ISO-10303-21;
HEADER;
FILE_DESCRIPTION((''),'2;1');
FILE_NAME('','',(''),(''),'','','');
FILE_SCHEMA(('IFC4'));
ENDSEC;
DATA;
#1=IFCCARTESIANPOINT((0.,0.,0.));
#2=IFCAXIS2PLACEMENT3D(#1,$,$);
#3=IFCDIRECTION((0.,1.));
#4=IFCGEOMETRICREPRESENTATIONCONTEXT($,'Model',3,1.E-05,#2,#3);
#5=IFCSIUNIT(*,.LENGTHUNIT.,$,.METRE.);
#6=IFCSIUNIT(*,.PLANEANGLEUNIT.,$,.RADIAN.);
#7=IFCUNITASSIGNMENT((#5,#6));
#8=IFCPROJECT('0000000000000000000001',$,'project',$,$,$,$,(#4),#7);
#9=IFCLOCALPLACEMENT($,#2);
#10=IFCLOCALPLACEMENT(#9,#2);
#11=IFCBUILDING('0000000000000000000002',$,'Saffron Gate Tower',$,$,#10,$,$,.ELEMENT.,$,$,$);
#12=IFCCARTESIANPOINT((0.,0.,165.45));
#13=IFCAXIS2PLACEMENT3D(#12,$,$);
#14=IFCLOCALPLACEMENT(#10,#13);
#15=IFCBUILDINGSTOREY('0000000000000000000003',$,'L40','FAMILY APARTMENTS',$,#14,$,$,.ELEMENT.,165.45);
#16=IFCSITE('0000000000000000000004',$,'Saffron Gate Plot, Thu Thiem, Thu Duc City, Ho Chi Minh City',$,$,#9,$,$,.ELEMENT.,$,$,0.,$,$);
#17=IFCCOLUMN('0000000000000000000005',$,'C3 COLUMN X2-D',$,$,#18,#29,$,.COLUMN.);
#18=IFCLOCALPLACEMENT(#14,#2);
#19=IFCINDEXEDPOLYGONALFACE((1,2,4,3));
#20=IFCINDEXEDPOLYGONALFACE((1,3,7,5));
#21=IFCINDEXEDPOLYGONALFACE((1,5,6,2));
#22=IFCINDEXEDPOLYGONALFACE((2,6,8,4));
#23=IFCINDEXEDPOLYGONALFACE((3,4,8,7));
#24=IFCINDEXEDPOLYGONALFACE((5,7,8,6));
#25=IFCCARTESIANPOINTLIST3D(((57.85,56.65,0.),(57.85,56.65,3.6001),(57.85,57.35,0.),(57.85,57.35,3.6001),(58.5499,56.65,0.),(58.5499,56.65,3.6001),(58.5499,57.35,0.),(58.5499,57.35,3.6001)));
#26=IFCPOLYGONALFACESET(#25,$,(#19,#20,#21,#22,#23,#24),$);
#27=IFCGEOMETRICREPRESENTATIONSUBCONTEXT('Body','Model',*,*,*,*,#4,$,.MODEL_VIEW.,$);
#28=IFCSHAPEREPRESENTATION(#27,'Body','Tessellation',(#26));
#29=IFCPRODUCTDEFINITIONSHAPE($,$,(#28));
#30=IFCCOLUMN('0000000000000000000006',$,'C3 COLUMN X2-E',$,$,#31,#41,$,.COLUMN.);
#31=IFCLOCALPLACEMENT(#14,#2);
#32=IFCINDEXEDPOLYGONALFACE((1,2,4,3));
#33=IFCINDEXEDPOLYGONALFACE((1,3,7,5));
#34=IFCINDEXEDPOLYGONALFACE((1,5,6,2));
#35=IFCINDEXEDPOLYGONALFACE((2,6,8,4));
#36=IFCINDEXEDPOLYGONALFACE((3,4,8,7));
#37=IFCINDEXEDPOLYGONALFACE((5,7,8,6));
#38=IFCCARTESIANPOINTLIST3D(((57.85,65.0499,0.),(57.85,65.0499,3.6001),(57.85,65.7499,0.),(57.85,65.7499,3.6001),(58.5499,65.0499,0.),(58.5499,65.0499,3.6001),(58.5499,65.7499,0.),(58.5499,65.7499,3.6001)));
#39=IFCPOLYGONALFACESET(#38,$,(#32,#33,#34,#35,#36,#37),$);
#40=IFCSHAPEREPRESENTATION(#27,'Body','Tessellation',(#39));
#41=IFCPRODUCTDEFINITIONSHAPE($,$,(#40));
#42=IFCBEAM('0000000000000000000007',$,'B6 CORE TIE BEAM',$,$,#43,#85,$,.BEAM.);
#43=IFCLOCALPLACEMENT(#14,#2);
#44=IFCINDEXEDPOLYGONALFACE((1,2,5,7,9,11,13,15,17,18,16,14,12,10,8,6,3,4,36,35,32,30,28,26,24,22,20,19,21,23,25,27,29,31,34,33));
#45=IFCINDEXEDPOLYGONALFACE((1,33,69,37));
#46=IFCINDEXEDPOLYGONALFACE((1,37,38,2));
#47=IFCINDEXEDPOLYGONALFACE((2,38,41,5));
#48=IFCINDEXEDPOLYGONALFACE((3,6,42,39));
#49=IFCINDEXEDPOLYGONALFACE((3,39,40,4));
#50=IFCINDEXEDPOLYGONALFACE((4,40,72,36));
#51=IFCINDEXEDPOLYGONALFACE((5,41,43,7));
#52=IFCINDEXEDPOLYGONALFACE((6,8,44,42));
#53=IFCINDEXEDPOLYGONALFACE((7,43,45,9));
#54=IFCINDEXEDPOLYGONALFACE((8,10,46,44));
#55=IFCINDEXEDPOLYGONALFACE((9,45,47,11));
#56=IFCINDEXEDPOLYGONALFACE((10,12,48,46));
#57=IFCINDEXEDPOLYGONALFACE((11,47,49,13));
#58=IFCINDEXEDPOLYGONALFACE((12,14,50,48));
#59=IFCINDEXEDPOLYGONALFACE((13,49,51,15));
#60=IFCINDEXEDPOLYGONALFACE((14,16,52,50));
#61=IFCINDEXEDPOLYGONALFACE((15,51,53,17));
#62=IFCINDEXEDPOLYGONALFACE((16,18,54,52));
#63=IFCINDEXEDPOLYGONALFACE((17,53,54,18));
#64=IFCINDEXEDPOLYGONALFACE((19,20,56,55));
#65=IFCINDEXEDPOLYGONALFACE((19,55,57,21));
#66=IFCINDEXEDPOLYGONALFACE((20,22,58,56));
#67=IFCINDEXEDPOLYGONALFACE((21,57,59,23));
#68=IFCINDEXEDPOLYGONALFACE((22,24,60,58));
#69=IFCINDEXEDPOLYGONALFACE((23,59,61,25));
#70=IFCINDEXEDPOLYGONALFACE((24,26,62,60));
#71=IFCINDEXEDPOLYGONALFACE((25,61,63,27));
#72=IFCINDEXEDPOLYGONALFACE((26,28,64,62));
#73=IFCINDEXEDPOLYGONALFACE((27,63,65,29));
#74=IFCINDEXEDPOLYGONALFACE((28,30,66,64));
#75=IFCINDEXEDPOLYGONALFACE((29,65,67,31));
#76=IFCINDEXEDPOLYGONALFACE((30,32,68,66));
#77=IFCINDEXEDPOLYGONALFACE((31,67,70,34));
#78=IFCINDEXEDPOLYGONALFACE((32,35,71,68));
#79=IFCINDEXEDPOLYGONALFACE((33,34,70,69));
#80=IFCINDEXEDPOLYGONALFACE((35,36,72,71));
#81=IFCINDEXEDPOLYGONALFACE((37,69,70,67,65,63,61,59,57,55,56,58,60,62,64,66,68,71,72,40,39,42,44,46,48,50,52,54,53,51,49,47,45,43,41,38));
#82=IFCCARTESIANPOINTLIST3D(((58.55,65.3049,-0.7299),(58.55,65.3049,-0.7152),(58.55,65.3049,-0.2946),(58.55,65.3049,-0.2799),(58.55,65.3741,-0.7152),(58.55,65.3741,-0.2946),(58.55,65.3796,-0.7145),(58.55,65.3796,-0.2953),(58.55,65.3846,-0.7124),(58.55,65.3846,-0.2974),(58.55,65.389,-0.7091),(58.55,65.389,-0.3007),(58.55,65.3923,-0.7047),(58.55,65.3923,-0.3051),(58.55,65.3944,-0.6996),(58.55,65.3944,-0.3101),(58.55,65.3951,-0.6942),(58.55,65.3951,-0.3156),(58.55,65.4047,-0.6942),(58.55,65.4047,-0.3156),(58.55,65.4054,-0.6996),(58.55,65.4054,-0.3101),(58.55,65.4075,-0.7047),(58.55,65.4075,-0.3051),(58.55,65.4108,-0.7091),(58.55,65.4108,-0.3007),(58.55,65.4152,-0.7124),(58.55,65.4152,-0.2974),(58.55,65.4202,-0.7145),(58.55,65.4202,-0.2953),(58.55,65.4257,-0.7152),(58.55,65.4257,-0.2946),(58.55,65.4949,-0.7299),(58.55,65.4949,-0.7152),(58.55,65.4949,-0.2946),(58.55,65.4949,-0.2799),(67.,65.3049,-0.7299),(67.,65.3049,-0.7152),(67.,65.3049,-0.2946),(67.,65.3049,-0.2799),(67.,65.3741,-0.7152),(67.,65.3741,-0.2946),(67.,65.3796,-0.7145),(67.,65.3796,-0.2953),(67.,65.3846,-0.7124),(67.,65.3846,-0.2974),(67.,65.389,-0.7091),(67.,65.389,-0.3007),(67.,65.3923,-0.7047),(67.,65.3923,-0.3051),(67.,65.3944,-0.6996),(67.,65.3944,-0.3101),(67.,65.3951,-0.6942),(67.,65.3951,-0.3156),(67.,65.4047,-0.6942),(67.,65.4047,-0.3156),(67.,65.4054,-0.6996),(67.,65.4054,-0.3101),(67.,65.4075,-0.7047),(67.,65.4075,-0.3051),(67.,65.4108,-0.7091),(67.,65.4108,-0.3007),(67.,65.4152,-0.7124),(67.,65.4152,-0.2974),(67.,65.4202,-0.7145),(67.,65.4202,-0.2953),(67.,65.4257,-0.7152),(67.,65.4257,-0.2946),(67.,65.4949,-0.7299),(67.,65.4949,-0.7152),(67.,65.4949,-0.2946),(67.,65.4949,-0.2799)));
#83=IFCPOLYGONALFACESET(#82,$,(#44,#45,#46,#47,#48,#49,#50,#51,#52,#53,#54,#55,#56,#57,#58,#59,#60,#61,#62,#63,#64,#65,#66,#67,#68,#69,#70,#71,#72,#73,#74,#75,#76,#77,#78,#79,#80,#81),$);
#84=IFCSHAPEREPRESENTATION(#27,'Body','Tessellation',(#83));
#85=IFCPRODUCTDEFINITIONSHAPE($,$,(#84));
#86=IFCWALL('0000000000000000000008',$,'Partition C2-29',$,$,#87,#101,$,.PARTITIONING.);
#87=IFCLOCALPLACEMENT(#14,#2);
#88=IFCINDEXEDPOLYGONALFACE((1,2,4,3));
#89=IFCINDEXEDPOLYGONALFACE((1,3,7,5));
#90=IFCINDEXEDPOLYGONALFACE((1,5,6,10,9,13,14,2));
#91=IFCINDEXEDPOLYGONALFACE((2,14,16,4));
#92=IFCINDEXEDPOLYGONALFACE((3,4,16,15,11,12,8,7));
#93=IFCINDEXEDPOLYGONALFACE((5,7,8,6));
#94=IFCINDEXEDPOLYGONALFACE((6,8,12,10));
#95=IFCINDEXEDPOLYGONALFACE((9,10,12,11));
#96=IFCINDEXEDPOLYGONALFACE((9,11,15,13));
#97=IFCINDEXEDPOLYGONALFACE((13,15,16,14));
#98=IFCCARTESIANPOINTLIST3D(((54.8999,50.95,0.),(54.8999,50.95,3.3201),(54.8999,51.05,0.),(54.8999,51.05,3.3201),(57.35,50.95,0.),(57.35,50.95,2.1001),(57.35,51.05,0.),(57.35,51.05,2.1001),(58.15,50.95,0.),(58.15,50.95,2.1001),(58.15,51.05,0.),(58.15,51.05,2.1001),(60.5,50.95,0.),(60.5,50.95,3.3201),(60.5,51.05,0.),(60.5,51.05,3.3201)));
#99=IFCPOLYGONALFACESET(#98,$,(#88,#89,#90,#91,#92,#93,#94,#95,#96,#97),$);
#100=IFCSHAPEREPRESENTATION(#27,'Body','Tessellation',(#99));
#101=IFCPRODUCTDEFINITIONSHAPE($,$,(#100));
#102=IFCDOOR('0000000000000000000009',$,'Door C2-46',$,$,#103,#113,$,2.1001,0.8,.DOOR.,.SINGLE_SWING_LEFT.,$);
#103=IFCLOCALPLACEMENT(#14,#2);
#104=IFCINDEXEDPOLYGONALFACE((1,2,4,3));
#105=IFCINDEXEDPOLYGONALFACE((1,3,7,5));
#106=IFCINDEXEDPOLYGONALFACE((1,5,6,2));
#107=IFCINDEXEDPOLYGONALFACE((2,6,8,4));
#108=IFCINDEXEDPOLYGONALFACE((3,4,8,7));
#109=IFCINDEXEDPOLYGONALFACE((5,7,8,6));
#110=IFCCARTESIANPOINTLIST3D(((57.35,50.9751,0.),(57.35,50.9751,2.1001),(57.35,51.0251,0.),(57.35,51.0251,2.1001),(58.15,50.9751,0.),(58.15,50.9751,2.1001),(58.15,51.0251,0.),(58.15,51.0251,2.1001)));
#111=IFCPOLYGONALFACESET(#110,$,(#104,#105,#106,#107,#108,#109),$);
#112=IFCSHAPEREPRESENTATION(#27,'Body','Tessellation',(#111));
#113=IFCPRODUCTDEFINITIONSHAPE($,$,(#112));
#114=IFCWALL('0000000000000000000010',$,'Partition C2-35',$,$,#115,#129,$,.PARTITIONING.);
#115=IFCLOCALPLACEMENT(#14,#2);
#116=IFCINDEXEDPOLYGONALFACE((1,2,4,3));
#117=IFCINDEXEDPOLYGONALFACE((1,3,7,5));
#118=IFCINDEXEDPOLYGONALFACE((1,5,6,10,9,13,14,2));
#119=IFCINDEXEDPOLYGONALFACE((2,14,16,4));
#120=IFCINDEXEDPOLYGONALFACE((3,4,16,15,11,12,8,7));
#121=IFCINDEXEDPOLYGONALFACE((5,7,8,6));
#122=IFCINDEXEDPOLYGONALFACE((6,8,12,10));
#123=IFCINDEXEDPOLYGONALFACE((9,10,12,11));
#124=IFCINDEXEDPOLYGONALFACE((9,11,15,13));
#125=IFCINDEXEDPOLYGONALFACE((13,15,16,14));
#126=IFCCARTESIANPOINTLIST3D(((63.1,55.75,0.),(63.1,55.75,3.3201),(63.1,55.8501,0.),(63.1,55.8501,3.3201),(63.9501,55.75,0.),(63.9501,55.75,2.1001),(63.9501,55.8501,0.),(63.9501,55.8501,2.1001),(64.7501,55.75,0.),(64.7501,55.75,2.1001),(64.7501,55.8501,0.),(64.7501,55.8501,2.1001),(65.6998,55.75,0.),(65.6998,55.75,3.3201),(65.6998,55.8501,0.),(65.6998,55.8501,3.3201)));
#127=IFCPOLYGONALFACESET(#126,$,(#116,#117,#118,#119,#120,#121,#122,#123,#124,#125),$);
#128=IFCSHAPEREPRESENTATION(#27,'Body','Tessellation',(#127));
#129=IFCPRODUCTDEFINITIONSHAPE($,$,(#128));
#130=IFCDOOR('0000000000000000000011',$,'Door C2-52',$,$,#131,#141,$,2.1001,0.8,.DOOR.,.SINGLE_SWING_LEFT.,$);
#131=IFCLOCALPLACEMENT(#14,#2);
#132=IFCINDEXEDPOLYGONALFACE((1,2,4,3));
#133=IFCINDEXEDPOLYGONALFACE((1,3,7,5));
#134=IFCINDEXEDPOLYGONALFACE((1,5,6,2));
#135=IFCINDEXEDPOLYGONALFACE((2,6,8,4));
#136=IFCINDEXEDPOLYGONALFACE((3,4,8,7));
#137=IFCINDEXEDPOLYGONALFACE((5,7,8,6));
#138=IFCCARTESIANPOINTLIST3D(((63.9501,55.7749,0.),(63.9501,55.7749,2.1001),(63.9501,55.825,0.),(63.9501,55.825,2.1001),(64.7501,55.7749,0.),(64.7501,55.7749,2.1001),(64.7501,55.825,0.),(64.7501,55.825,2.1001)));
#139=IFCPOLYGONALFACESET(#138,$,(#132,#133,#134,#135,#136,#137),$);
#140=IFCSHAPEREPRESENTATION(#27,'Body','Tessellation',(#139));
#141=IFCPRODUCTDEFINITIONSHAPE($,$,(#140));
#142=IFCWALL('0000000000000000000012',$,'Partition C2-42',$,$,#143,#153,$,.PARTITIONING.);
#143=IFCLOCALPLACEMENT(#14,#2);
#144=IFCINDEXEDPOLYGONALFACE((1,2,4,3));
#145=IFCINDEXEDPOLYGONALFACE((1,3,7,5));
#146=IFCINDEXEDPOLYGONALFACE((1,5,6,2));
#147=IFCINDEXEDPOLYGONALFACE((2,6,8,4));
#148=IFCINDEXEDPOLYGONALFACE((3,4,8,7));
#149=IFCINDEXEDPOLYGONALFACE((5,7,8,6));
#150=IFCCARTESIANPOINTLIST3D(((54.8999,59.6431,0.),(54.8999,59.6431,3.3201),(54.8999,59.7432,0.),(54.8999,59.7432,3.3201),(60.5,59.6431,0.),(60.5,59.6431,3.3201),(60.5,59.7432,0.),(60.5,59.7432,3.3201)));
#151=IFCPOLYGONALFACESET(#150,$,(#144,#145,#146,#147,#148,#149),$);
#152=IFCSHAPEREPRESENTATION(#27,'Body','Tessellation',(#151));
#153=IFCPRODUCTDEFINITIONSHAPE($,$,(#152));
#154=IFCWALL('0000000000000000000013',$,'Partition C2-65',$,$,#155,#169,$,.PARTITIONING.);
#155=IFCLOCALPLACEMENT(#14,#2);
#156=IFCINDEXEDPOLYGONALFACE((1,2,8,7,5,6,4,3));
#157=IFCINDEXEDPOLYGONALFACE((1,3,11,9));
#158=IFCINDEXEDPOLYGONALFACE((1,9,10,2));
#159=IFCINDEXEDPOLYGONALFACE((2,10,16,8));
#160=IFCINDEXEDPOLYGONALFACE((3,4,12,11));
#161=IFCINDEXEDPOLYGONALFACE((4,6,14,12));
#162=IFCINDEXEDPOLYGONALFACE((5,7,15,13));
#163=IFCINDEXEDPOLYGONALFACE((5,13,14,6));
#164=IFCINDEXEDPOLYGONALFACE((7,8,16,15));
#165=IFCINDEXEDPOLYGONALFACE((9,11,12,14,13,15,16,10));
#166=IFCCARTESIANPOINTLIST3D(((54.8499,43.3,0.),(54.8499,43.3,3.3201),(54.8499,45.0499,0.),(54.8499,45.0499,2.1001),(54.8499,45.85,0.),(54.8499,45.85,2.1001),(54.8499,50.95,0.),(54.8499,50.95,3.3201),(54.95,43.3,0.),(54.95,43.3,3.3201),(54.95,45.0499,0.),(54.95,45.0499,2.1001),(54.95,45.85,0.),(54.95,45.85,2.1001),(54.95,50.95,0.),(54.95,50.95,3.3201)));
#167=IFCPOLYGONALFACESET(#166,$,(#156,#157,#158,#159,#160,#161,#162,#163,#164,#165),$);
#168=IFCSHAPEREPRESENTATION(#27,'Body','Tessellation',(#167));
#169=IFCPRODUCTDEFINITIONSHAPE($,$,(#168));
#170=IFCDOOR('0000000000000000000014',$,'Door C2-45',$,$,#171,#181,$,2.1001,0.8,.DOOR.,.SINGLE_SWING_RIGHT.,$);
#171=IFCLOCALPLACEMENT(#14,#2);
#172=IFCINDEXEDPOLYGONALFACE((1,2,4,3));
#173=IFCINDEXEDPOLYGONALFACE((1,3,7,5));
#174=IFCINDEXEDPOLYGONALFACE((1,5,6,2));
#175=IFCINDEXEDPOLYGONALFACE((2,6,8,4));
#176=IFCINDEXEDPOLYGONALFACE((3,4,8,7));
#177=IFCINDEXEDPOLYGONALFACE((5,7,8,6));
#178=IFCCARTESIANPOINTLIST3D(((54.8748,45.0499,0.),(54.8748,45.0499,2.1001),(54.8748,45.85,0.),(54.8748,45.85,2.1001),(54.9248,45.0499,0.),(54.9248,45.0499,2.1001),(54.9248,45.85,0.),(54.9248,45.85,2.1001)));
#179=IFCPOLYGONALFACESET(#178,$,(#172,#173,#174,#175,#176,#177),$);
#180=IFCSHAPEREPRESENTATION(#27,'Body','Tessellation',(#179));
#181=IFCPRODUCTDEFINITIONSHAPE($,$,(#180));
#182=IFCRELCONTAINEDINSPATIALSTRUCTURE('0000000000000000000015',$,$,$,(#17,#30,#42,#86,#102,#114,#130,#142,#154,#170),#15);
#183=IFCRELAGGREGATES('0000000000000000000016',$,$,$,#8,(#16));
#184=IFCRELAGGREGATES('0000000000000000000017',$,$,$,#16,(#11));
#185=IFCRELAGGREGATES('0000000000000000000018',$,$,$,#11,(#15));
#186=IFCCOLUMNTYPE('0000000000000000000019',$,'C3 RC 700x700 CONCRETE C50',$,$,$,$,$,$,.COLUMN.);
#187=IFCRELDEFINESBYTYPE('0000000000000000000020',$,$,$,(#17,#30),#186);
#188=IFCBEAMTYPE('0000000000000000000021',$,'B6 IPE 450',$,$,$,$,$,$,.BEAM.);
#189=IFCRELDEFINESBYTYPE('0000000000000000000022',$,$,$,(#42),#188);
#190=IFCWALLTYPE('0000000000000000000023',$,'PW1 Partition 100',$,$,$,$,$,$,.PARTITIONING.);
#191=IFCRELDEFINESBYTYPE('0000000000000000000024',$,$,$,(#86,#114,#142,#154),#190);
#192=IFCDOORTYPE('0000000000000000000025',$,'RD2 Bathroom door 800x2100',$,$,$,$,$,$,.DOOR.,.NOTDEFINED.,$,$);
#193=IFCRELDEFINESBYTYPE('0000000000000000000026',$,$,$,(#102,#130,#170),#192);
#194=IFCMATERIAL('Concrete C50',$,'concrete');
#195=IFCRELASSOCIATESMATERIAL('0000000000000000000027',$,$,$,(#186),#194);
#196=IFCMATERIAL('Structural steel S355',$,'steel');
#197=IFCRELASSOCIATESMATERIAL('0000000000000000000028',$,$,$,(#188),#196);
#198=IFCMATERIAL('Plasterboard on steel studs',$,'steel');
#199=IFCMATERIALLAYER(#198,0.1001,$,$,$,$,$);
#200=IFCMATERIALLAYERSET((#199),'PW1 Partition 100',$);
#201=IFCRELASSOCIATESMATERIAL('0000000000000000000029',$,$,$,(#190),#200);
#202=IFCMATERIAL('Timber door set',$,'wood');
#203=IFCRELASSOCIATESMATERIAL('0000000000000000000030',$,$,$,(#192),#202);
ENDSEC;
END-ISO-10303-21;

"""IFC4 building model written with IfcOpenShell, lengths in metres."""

from ifc_helpers import new_model, si_unit, direction, frame, frame_2d, origin, origin_2d, place, context, subcontext, project, spatial, rectangle, i_section, extrude, material, layer, layer_set, material_profile, profile_set, type_object, element, fill, save


model = new_model("IFC4")

# Units and contexts
model_context = context("Model", 3, precision=1e-05, world=origin(), true_north=direction((0.0, 1.0)))
body_context = subcontext(model_context, "Body", "Model", "MODEL_VIEW")
ifc_project = project(units=[si_unit("LENGTHUNIT", "METRE"), si_unit("PLANEANGLEUNIT", "RADIAN")], contexts=[model_context])

# Site, building, storey
site_placement = place(None, origin())
site = spatial("IfcSite", under=ifc_project, at=site_placement, Name="Saffron Gate Plot, Thu Thiem, Thu Duc City, Ho Chi Minh City", CompositionType="ELEMENT", RefElevation=0.0)
building_placement = place(site_placement, origin())
building = spatial("IfcBuilding", under=site, at=building_placement, Name="Saffron Gate Tower", CompositionType="ELEMENT")
storey_placement = place(building_placement, frame((0.0, 0.0, 165.45)))
storey = spatial("IfcBuildingStorey", under=building, at=storey_placement, Name="L40", Description="FAMILY APARTMENTS", CompositionType="ELEMENT", Elevation=165.45)

# Columns
ifc_material_1 = material(Name="Concrete C50", Category="concrete")
ifc_material_profile_1 = material_profile(ifc_material_1, rectangle(XDim=0.7, YDim=0.7, at=origin_2d()))
ifc_profile_set_1 = profile_set([ifc_material_profile_1], Name="Concrete C50")
column_type = type_object("IfcColumnType", Name="C3 RC 700x700 CONCRETE C50", PredefinedType="COLUMN", material=ifc_profile_set_1)
for number, where, z_axis, x_axis, name in (
    (1, (58.2, 57.0, 0.0), (0.0, 0.0, 1.0), (1.0, 0.0, 0.0), "C3 COLUMN X2-D"),
    (2, (58.2, 65.3999, 0.0), (0.0, 0.0, 1.0), (1.0, 0.0, 0.0), "C3 COLUMN X2-E"),
):
    element("IfcColumn", number, at=place(storey_placement, frame(where, z_axis=z_axis, x_axis=x_axis)), inside=storey, type_object=column_type, Name=name, PredefinedType="COLUMN", context=body_context, shape_type="SweptSolid", body=[
        extrude(rectangle(XDim=0.7, YDim=0.7, at=origin_2d()), origin(), (0.0, 0.0, 1.0), 3.6001),
    ])

# Beam
ifc_material_2 = material(Name="Structural steel S355", Category="steel")
ifc_material_profile_2 = material_profile(ifc_material_2, i_section(OverallWidth=0.1899, OverallDepth=0.45, WebThickness=0.0095, FlangeThickness=0.0146, FilletRadius=0.021, at=origin_2d()))
ifc_profile_set_2 = profile_set([ifc_material_profile_2], Name="Structural steel S355")
beam_type = type_object("IfcBeamType", Name="B6 IPE 450", PredefinedType="BEAM", material=ifc_profile_set_2)
beam_placement = place(storey_placement, frame((58.55, 65.3999, -0.5049), z_axis=(1.0, 0.0, 0.0), x_axis=(0.0, 1.0, 0.0)))
element("IfcBeam", 3, at=beam_placement, inside=storey, type_object=beam_type, Name="B6 CORE TIE BEAM", PredefinedType="BEAM", context=body_context, shape_type="SweptSolid", body=[
    extrude(i_section(OverallWidth=0.1899, OverallDepth=0.45, WebThickness=0.0095, FlangeThickness=0.0146, FilletRadius=0.021, at=origin_2d()), origin(), (0.0, 0.0, 1.0), 8.45),
])

# Walls, openings, doors
ifc_material_3 = material(Name="Plasterboard on steel studs", Category="steel")
ifc_layer_1 = layer(ifc_material_3, 0.1001)
ifc_layer_set_1 = layer_set([ifc_layer_1], Name="PW1 Partition 100")
wall_type_1 = type_object("IfcWallType", Name="PW1 Partition 100", PredefinedType="PARTITIONING", material=ifc_layer_set_1)
wall_1_placement = place(storey_placement, frame((60.5, 51.0, 0.0), z_axis=(0.0, 0.0, 1.0), x_axis=(-1.0, 0.0, 0.0)))
wall_1 = element("IfcWall", 4, at=wall_1_placement, inside=storey, type_object=wall_type_1, Name="Partition C2-29", PredefinedType="PARTITIONING", context=body_context, shape_type="SweptSolid", body=[
    extrude(rectangle(XDim=5.6001, YDim=0.1001, at=frame_2d((2.8, 0.0))), origin(), (0.0, 0.0, 1.0), 3.3201),
])
opening_1_placement = place(wall_1_placement, frame((2.3501, 0.0, 0.0)))
opening_1 = element("IfcOpeningElement", 5, at=opening_1_placement, cuts=wall_1, PredefinedType="OPENING", context=body_context, shape_type="SweptSolid", body=[
    extrude(rectangle(XDim=0.8, YDim=2.1001, at=frame_2d((0.3999, 1.05))), frame((0.0, 0.0601, 0.0), z_axis=(0.0, -1.0, 0.0), x_axis=(1.0, 0.0, 0.0)), (0.0, 0.0, 1.0), 0.1201),
])
ifc_material_4 = material(Name="Timber door set", Category="wood")
door_type_1 = type_object("IfcDoorType", Name="RD2 Bathroom door 800x2100", OperationType="NOTDEFINED", PredefinedType="DOOR", material=ifc_material_4)
door_1_placement = place(opening_1_placement, origin())
door_1 = element("IfcDoor", 6, at=door_1_placement, inside=storey, type_object=door_type_1, Name="Door C2-46", OperationType="SINGLE_SWING_LEFT", OverallHeight=2.1001, OverallWidth=0.8, PredefinedType="DOOR", context=body_context, shape_type="SweptSolid", body=[
    extrude(rectangle(XDim=0.8, YDim=2.1001, at=frame_2d((0.3999, 1.05))), frame((0.0, 0.0249, 0.0), z_axis=(0.0, -1.0, 0.0), x_axis=(1.0, 0.0, 0.0)), (0.0, 0.0, 1.0), 0.05),
])
fill(opening_1, door_1)
wall_2_placement = place(storey_placement, frame((63.1001, 55.8, 0.0), z_axis=(0.0, 0.0, 1.0), x_axis=(1.0, 0.0, 0.0)))
wall_2 = element("IfcWall", 7, at=wall_2_placement, inside=storey, type_object=wall_type_1, Name="Partition C2-35", PredefinedType="PARTITIONING", context=body_context, shape_type="SweptSolid", body=[
    extrude(rectangle(XDim=2.5999, YDim=0.1001, at=frame_2d((1.2998, 0.0))), origin(), (0.0, 0.0, 1.0), 3.3201),
])
opening_2_placement = place(wall_2_placement, frame((0.8501, 0.0, 0.0)))
opening_2 = element("IfcOpeningElement", 8, at=opening_2_placement, cuts=wall_2, PredefinedType="OPENING", context=body_context, shape_type="SweptSolid", body=[
    extrude(rectangle(XDim=0.8, YDim=2.1001, at=frame_2d((0.3999, 1.05))), frame((0.0, 0.0601, 0.0), z_axis=(0.0, -1.0, 0.0), x_axis=(1.0, 0.0, 0.0)), (0.0, 0.0, 1.0), 0.1201),
])
door_2_placement = place(opening_2_placement, origin())
door_2 = element("IfcDoor", 9, at=door_2_placement, inside=storey, type_object=door_type_1, Name="Door C2-52", OperationType="SINGLE_SWING_LEFT", OverallHeight=2.1001, OverallWidth=0.8, PredefinedType="DOOR", context=body_context, shape_type="SweptSolid", body=[
    extrude(rectangle(XDim=0.8, YDim=2.1001, at=frame_2d((0.3999, 1.05))), frame((0.0, 0.0249, 0.0), z_axis=(0.0, -1.0, 0.0), x_axis=(1.0, 0.0, 0.0)), (0.0, 0.0, 1.0), 0.05),
])
fill(opening_2, door_2)

# Wall
wall_3_placement = place(storey_placement, frame((54.8999, 59.6931, 0.0), z_axis=(0.0, 0.0, 1.0), x_axis=(1.0, 0.0, 0.0)))
element("IfcWall", 10, at=wall_3_placement, inside=storey, type_object=wall_type_1, Name="Partition C2-42", PredefinedType="PARTITIONING", context=body_context, shape_type="SweptSolid", body=[
    extrude(rectangle(XDim=5.6001, YDim=0.1001, at=frame_2d((2.8, 0.0))), origin(), (0.0, 0.0, 1.0), 3.3201),
])

# Wall, opening, door
wall_4_placement = place(storey_placement, frame((54.8999, 50.95, 0.0), z_axis=(0.0, 0.0, 1.0), x_axis=(0.0, -1.0, 0.0)))
wall_4 = element("IfcWall", 11, at=wall_4_placement, inside=storey, type_object=wall_type_1, Name="Partition C2-65", PredefinedType="PARTITIONING", context=body_context, shape_type="SweptSolid", body=[
    extrude(rectangle(XDim=7.6499, YDim=0.1001, at=frame_2d((3.825, 0.0))), origin(), (0.0, 0.0, 1.0), 3.3201),
])
opening_3_placement = place(wall_4_placement, frame((5.1001, 0.0, 0.0)))
opening_3 = element("IfcOpeningElement", 12, at=opening_3_placement, cuts=wall_4, PredefinedType="OPENING", context=body_context, shape_type="SweptSolid", body=[
    extrude(rectangle(XDim=0.8, YDim=2.1001, at=frame_2d((0.3999, 1.05))), frame((0.0, 0.0601, 0.0), z_axis=(0.0, -1.0, 0.0), x_axis=(1.0, 0.0, 0.0)), (0.0, 0.0, 1.0), 0.1201),
])
door_3_placement = place(opening_3_placement, origin())
door_3 = element("IfcDoor", 13, at=door_3_placement, inside=storey, type_object=door_type_1, Name="Door C2-45", OperationType="SINGLE_SWING_RIGHT", OverallHeight=2.1001, OverallWidth=0.8, PredefinedType="DOOR", context=body_context, shape_type="SweptSolid", body=[
    extrude(rectangle(XDim=0.8, YDim=2.1001, at=frame_2d((0.3999, 1.05))), frame((0.0, 0.0249, 0.0), z_axis=(0.0, -1.0, 0.0), x_axis=(1.0, 0.0, 0.0)), (0.0, 0.0, 1.0), 0.05),
])
fill(opening_3, door_3)

save(model, "model.ifc")
